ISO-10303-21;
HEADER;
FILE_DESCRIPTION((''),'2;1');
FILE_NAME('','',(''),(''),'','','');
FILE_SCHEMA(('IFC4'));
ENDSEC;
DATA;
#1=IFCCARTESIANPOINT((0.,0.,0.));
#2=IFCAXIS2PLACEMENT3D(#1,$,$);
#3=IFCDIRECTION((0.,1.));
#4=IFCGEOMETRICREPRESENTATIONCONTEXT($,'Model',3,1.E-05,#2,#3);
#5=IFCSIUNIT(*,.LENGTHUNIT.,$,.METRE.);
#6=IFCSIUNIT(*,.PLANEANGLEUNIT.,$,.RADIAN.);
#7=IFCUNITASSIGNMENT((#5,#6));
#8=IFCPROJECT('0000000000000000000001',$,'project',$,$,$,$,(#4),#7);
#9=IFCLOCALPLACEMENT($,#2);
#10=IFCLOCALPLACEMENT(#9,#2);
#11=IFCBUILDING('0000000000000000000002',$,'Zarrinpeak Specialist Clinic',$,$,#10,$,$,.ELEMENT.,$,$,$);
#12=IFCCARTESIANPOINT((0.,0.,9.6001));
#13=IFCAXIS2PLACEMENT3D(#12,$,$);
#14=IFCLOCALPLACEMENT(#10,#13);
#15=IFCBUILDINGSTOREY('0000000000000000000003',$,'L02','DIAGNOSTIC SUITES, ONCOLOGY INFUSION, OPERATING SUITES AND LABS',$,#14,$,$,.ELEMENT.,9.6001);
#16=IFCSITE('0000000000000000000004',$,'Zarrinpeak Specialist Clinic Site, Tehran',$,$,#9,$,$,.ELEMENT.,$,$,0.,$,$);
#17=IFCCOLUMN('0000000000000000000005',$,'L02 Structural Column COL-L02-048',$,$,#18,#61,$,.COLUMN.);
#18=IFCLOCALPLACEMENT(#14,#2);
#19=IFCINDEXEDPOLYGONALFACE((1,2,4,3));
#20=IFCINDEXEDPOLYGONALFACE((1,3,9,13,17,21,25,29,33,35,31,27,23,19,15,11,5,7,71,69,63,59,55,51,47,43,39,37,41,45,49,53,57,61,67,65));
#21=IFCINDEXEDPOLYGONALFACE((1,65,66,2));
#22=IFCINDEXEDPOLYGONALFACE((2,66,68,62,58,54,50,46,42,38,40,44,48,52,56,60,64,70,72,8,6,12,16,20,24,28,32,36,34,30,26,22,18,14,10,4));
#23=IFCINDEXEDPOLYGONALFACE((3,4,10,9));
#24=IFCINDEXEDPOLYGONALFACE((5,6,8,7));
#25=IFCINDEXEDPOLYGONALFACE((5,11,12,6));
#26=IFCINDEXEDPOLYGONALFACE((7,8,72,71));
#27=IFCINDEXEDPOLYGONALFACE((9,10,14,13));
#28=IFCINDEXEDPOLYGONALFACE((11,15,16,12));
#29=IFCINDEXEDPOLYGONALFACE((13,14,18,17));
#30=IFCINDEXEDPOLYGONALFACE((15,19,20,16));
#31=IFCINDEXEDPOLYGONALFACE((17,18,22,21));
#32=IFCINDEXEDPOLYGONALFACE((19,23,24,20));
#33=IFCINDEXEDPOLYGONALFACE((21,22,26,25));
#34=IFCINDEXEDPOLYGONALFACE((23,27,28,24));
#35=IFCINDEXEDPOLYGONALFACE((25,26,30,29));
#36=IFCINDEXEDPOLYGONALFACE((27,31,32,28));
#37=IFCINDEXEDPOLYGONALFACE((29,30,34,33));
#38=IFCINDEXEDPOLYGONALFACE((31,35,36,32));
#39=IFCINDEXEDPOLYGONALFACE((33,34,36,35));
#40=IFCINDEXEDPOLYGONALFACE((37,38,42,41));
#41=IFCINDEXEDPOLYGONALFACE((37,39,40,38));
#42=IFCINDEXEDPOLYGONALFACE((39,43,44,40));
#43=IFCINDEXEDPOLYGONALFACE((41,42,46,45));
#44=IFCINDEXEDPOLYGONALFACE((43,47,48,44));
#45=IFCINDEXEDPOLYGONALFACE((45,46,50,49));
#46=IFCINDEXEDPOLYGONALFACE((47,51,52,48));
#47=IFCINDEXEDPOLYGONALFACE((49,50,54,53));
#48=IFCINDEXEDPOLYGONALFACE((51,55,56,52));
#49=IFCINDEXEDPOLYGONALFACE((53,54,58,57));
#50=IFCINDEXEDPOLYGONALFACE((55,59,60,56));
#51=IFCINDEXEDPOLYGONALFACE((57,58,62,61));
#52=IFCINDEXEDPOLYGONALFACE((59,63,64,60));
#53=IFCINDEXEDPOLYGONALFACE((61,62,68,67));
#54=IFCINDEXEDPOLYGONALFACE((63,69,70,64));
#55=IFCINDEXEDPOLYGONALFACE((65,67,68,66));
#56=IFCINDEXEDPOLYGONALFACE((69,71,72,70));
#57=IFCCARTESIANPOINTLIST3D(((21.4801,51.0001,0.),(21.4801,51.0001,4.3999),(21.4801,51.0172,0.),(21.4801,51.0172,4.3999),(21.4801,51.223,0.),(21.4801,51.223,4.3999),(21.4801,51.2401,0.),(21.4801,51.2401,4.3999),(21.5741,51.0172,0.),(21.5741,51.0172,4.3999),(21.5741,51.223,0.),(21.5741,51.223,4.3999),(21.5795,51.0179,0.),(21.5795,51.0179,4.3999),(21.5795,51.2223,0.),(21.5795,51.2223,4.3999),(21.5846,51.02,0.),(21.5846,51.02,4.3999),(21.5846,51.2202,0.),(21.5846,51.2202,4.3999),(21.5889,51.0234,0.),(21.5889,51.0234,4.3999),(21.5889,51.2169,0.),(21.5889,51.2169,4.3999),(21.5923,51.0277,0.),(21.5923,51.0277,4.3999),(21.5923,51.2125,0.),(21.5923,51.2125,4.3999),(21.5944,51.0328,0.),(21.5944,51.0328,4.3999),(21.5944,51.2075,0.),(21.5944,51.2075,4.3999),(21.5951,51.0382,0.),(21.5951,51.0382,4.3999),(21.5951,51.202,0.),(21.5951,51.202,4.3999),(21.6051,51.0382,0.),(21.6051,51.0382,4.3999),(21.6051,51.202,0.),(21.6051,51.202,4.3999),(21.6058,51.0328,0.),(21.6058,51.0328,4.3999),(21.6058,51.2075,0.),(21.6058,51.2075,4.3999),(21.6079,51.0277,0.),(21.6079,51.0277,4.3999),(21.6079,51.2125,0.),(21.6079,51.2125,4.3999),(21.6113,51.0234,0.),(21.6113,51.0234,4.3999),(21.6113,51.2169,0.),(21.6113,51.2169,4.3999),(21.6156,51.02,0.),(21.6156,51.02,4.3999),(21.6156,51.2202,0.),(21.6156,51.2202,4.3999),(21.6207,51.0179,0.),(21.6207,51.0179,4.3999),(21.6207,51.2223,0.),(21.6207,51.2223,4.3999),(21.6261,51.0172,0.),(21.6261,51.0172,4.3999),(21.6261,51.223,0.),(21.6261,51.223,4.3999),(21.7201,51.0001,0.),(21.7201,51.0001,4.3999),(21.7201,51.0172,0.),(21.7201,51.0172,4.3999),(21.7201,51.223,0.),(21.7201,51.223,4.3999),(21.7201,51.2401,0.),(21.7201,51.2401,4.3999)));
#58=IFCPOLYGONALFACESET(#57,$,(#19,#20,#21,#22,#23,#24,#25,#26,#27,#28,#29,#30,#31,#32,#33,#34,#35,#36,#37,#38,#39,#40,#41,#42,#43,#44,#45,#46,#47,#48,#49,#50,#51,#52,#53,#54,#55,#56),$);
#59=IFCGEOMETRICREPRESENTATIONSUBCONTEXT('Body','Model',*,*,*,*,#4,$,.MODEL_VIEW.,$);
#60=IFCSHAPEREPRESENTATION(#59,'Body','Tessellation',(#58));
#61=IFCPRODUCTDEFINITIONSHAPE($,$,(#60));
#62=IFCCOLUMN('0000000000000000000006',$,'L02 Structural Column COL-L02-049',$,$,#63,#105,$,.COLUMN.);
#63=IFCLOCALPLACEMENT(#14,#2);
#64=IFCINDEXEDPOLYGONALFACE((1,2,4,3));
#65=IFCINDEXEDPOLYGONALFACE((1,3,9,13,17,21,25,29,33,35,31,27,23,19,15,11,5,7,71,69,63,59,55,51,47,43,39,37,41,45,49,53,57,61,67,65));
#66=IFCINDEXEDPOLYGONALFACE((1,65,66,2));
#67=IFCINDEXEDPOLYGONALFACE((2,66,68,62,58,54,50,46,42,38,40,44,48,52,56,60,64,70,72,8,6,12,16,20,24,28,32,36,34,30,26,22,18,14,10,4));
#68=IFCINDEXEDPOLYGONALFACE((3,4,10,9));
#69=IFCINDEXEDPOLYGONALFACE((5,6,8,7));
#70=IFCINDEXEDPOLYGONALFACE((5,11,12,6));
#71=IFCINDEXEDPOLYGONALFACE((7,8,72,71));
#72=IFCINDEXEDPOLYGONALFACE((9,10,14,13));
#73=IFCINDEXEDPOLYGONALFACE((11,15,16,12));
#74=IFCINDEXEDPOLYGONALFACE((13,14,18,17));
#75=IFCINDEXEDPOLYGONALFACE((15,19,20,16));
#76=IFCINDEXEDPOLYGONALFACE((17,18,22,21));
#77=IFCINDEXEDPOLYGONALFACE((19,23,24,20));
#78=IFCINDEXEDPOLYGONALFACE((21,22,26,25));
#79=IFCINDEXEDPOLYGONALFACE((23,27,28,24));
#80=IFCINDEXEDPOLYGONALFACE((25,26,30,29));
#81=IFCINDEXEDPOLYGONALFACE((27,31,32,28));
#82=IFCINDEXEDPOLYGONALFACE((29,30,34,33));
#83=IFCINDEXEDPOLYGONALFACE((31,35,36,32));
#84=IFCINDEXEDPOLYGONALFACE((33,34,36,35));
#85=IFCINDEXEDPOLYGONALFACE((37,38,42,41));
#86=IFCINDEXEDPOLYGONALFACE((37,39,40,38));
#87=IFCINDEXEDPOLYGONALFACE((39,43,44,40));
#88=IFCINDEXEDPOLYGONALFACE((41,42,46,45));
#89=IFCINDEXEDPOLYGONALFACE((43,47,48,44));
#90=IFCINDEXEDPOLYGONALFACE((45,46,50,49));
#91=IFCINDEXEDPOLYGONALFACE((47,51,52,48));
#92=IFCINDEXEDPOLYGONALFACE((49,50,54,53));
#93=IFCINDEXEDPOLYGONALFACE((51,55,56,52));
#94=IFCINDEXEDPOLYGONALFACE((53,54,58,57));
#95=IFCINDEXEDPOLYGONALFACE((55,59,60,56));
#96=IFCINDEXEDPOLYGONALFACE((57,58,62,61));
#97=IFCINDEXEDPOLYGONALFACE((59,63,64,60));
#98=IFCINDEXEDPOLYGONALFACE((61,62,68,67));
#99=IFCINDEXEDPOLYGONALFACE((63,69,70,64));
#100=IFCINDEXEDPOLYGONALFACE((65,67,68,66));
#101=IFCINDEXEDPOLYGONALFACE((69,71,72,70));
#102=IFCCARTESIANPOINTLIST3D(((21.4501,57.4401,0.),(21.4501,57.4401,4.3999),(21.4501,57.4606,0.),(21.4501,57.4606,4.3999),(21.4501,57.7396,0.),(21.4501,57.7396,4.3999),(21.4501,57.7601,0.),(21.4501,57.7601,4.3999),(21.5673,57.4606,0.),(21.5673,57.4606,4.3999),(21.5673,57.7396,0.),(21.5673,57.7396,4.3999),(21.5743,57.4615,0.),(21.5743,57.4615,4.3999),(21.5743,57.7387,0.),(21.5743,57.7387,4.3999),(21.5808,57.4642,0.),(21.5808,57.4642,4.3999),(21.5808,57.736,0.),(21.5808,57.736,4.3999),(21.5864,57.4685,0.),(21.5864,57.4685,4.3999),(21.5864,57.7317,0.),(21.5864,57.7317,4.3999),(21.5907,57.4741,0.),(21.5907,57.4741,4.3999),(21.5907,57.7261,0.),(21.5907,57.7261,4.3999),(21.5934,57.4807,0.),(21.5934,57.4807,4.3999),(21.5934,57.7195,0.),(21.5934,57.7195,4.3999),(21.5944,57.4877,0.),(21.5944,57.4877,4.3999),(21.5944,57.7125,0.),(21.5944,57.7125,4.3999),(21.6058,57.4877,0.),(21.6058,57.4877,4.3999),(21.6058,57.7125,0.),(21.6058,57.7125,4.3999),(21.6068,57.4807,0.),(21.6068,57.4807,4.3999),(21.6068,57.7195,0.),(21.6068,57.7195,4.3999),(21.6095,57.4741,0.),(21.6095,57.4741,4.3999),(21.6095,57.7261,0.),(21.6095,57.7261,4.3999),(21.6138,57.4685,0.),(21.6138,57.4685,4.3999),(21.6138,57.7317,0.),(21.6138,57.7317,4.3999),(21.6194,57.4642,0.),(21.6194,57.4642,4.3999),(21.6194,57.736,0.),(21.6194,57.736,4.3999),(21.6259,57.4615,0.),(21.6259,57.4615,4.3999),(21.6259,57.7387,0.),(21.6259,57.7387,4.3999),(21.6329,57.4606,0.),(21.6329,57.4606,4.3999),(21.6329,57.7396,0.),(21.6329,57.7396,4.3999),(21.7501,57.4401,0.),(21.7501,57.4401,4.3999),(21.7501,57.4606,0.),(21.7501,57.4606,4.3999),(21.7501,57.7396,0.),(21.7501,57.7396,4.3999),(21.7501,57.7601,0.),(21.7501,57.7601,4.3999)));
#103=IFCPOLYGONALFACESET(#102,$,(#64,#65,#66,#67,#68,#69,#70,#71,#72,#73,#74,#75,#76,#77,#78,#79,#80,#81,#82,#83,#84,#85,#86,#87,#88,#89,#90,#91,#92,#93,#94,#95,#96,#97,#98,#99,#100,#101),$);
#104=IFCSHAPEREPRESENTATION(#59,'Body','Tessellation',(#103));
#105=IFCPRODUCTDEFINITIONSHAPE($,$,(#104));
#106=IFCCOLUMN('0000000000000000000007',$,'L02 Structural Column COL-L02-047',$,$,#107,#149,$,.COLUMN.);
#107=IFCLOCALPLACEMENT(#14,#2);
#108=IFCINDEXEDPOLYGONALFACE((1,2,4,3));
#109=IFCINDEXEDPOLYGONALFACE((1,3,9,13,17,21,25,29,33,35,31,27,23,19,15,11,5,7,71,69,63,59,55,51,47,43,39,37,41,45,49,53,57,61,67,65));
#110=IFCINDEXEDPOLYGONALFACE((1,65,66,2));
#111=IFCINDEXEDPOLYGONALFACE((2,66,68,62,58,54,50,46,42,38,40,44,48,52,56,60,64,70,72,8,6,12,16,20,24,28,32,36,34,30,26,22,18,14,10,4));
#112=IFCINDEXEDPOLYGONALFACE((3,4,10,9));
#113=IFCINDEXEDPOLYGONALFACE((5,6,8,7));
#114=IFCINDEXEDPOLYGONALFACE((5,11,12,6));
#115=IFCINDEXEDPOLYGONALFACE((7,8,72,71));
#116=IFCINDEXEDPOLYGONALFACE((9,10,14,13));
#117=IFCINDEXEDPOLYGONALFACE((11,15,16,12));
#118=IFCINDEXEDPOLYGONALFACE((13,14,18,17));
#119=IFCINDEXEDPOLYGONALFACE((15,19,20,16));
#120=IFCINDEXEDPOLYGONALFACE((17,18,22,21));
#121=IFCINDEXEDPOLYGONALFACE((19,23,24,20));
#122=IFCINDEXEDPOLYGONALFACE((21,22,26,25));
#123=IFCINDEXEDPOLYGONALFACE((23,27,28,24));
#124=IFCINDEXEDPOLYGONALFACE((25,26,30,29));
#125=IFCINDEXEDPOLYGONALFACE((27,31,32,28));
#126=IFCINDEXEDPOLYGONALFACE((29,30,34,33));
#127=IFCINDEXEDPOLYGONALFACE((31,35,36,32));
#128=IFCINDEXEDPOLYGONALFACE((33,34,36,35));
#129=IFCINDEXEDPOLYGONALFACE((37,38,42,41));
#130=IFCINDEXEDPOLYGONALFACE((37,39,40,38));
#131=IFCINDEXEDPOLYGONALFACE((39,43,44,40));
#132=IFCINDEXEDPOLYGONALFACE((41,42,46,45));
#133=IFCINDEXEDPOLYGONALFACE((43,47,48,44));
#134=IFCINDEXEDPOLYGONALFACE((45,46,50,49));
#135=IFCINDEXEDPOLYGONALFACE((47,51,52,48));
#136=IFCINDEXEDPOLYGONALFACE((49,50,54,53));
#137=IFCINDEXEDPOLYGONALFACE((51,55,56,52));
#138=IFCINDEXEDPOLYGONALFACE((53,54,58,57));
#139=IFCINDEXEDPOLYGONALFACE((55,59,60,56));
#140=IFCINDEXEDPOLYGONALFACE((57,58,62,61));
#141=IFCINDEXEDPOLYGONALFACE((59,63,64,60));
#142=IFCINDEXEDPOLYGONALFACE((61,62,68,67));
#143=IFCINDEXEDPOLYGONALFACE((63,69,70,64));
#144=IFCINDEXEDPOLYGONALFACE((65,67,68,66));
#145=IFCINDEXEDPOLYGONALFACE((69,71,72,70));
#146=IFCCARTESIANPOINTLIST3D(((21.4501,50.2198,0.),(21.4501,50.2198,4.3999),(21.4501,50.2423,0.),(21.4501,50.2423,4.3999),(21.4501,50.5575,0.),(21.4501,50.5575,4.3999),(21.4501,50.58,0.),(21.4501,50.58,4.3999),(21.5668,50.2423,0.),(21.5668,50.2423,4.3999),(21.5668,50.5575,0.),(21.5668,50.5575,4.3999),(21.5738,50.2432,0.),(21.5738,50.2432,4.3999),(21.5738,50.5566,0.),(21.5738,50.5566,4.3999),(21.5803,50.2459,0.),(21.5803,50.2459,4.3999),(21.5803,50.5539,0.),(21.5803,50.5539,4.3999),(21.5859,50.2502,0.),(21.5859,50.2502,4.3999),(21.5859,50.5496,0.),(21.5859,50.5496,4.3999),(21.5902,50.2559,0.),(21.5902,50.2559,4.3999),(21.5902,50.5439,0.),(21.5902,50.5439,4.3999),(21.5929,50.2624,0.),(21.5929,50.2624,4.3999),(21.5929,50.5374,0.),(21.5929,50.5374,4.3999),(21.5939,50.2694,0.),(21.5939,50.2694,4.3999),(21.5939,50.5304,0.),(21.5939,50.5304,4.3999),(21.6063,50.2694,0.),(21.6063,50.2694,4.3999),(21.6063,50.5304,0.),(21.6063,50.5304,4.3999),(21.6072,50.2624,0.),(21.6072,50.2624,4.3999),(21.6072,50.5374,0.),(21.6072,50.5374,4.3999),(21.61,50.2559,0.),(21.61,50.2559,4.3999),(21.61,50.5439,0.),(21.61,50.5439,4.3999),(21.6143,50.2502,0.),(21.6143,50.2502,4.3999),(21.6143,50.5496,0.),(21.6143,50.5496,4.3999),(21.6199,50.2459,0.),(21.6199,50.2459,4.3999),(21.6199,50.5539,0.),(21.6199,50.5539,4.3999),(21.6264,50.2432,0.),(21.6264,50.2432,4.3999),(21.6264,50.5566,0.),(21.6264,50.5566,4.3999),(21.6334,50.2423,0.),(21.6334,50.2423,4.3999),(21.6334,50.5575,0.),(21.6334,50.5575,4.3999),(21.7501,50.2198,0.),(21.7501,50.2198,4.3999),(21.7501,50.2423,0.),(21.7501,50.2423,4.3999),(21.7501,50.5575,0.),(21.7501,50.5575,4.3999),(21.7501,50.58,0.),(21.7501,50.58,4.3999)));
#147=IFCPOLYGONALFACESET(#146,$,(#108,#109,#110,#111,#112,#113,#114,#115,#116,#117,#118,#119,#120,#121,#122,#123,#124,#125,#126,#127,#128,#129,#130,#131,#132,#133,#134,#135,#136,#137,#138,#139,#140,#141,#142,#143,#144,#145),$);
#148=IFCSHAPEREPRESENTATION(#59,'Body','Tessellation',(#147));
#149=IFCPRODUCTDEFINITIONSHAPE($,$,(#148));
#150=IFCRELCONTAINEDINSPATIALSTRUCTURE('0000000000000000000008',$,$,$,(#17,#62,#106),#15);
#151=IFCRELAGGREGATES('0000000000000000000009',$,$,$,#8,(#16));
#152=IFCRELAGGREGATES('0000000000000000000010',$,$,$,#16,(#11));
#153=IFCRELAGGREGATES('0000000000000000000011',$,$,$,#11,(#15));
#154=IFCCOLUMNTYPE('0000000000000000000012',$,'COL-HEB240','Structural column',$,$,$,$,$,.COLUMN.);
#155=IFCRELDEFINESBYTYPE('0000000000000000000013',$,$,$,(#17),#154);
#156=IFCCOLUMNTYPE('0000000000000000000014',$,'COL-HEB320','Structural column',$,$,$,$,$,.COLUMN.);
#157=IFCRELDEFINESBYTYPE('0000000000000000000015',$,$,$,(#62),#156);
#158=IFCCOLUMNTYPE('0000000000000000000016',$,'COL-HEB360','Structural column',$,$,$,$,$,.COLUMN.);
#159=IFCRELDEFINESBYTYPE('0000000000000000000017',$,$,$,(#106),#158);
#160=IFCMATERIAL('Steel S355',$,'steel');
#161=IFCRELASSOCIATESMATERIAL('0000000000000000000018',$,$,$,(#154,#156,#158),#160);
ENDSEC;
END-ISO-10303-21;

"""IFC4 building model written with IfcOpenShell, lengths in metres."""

from ifc_helpers import new_model, si_unit, direction, frame, origin, origin_2d, place, context, subcontext, project, spatial, i_section, extrude, material, material_profile, profile_set, type_object, element, save


model = new_model("IFC4")

# Units and contexts
model_context = context("Model", 3, precision=1e-05, world=origin(), true_north=direction((0.0, 1.0)))
body_context = subcontext(model_context, "Body", "Model", "MODEL_VIEW")
ifc_project = project(units=[si_unit("LENGTHUNIT", "METRE"), si_unit("PLANEANGLEUNIT", "RADIAN")], contexts=[model_context])

# Site, building, storey
site_placement = place(None, origin())
site = spatial("IfcSite", under=ifc_project, at=site_placement, Name="Zarrinpeak Specialist Clinic Site, Tehran", CompositionType="ELEMENT", RefElevation=0.0)
building_placement = place(site_placement, origin())
building = spatial("IfcBuilding", under=site, at=building_placement, Name="Zarrinpeak Specialist Clinic", CompositionType="ELEMENT")
storey_placement = place(building_placement, frame((0.0, 0.0, 9.6001)))
storey = spatial("IfcBuildingStorey", under=building, at=storey_placement, Name="L02", Description="DIAGNOSTIC SUITES, ONCOLOGY INFUSION, OPERATING SUITES AND LABS", CompositionType="ELEMENT", Elevation=9.6001)

# Columns
ifc_material_1 = material(Name="Steel S355", Category="steel")
ifc_material_profile_1 = material_profile(ifc_material_1, i_section(OverallWidth=0.24, OverallDepth=0.24, WebThickness=0.01, FlangeThickness=0.0171, FilletRadius=0.021, at=origin_2d()), Name="HEB 240")
ifc_profile_set_1 = profile_set([ifc_material_profile_1], Name="Steel S355")
column_type_1 = type_object("IfcColumnType", Name="COL-HEB240", Description="Structural column", PredefinedType="COLUMN", material=ifc_profile_set_1)
column_1_placement = place(storey_placement, frame((21.6001, 51.1201, 0.0), z_axis=(0.0, 0.0, 1.0), x_axis=(1.0, 0.0, 0.0)))
element("IfcColumn", 1, at=column_1_placement, inside=storey, type_object=column_type_1, Name="L02 Structural Column COL-L02-048", PredefinedType="COLUMN", context=body_context, shape_type="SweptSolid", body=[
    extrude(i_section(OverallWidth=0.24, OverallDepth=0.24, WebThickness=0.01, FlangeThickness=0.0171, FilletRadius=0.021, at=origin_2d()), origin(), (0.0, 0.0, 1.0), 4.3999),
])
ifc_material_profile_2 = material_profile(ifc_material_1, i_section(OverallWidth=0.3, OverallDepth=0.3201, WebThickness=0.0115, FlangeThickness=0.0205, FilletRadius=0.0271, at=origin_2d()), Name="HEB 320")
ifc_profile_set_2 = profile_set([ifc_material_profile_2], Name="Steel S355")
column_type_2 = type_object("IfcColumnType", Name="COL-HEB320", Description="Structural column", PredefinedType="COLUMN", material=ifc_profile_set_2)
column_2_placement = place(storey_placement, frame((21.6001, 57.6001, 0.0), z_axis=(0.0, 0.0, 1.0), x_axis=(1.0, 0.0, 0.0)))
element("IfcColumn", 2, at=column_2_placement, inside=storey, type_object=column_type_2, Name="L02 Structural Column COL-L02-049", PredefinedType="COLUMN", context=body_context, shape_type="SweptSolid", body=[
    extrude(i_section(OverallWidth=0.3, OverallDepth=0.3201, WebThickness=0.0115, FlangeThickness=0.0205, FilletRadius=0.0271, at=origin_2d()), origin(), (0.0, 0.0, 1.0), 4.3999),
])
ifc_material_profile_3 = material_profile(ifc_material_1, i_section(OverallWidth=0.3, OverallDepth=0.3601, WebThickness=0.0125, FlangeThickness=0.0225, FilletRadius=0.0271, at=origin_2d()), Name="HEB 360")
ifc_profile_set_3 = profile_set([ifc_material_profile_3], Name="Steel S355")
column_type_3 = type_object("IfcColumnType", Name="COL-HEB360", Description="Structural column", PredefinedType="COLUMN", material=ifc_profile_set_3)
column_3_placement = place(storey_placement, frame((21.6001, 50.3999, 0.0), z_axis=(0.0, 0.0, 1.0), x_axis=(1.0, 0.0, 0.0)))
element("IfcColumn", 3, at=column_3_placement, inside=storey, type_object=column_type_3, Name="L02 Structural Column COL-L02-047", PredefinedType="COLUMN", context=body_context, shape_type="SweptSolid", body=[
    extrude(i_section(OverallWidth=0.3, OverallDepth=0.3601, WebThickness=0.0125, FlangeThickness=0.0225, FilletRadius=0.0271, at=origin_2d()), origin(), (0.0, 0.0, 1.0), 4.3999),
])

save(model, "model.ifc")
